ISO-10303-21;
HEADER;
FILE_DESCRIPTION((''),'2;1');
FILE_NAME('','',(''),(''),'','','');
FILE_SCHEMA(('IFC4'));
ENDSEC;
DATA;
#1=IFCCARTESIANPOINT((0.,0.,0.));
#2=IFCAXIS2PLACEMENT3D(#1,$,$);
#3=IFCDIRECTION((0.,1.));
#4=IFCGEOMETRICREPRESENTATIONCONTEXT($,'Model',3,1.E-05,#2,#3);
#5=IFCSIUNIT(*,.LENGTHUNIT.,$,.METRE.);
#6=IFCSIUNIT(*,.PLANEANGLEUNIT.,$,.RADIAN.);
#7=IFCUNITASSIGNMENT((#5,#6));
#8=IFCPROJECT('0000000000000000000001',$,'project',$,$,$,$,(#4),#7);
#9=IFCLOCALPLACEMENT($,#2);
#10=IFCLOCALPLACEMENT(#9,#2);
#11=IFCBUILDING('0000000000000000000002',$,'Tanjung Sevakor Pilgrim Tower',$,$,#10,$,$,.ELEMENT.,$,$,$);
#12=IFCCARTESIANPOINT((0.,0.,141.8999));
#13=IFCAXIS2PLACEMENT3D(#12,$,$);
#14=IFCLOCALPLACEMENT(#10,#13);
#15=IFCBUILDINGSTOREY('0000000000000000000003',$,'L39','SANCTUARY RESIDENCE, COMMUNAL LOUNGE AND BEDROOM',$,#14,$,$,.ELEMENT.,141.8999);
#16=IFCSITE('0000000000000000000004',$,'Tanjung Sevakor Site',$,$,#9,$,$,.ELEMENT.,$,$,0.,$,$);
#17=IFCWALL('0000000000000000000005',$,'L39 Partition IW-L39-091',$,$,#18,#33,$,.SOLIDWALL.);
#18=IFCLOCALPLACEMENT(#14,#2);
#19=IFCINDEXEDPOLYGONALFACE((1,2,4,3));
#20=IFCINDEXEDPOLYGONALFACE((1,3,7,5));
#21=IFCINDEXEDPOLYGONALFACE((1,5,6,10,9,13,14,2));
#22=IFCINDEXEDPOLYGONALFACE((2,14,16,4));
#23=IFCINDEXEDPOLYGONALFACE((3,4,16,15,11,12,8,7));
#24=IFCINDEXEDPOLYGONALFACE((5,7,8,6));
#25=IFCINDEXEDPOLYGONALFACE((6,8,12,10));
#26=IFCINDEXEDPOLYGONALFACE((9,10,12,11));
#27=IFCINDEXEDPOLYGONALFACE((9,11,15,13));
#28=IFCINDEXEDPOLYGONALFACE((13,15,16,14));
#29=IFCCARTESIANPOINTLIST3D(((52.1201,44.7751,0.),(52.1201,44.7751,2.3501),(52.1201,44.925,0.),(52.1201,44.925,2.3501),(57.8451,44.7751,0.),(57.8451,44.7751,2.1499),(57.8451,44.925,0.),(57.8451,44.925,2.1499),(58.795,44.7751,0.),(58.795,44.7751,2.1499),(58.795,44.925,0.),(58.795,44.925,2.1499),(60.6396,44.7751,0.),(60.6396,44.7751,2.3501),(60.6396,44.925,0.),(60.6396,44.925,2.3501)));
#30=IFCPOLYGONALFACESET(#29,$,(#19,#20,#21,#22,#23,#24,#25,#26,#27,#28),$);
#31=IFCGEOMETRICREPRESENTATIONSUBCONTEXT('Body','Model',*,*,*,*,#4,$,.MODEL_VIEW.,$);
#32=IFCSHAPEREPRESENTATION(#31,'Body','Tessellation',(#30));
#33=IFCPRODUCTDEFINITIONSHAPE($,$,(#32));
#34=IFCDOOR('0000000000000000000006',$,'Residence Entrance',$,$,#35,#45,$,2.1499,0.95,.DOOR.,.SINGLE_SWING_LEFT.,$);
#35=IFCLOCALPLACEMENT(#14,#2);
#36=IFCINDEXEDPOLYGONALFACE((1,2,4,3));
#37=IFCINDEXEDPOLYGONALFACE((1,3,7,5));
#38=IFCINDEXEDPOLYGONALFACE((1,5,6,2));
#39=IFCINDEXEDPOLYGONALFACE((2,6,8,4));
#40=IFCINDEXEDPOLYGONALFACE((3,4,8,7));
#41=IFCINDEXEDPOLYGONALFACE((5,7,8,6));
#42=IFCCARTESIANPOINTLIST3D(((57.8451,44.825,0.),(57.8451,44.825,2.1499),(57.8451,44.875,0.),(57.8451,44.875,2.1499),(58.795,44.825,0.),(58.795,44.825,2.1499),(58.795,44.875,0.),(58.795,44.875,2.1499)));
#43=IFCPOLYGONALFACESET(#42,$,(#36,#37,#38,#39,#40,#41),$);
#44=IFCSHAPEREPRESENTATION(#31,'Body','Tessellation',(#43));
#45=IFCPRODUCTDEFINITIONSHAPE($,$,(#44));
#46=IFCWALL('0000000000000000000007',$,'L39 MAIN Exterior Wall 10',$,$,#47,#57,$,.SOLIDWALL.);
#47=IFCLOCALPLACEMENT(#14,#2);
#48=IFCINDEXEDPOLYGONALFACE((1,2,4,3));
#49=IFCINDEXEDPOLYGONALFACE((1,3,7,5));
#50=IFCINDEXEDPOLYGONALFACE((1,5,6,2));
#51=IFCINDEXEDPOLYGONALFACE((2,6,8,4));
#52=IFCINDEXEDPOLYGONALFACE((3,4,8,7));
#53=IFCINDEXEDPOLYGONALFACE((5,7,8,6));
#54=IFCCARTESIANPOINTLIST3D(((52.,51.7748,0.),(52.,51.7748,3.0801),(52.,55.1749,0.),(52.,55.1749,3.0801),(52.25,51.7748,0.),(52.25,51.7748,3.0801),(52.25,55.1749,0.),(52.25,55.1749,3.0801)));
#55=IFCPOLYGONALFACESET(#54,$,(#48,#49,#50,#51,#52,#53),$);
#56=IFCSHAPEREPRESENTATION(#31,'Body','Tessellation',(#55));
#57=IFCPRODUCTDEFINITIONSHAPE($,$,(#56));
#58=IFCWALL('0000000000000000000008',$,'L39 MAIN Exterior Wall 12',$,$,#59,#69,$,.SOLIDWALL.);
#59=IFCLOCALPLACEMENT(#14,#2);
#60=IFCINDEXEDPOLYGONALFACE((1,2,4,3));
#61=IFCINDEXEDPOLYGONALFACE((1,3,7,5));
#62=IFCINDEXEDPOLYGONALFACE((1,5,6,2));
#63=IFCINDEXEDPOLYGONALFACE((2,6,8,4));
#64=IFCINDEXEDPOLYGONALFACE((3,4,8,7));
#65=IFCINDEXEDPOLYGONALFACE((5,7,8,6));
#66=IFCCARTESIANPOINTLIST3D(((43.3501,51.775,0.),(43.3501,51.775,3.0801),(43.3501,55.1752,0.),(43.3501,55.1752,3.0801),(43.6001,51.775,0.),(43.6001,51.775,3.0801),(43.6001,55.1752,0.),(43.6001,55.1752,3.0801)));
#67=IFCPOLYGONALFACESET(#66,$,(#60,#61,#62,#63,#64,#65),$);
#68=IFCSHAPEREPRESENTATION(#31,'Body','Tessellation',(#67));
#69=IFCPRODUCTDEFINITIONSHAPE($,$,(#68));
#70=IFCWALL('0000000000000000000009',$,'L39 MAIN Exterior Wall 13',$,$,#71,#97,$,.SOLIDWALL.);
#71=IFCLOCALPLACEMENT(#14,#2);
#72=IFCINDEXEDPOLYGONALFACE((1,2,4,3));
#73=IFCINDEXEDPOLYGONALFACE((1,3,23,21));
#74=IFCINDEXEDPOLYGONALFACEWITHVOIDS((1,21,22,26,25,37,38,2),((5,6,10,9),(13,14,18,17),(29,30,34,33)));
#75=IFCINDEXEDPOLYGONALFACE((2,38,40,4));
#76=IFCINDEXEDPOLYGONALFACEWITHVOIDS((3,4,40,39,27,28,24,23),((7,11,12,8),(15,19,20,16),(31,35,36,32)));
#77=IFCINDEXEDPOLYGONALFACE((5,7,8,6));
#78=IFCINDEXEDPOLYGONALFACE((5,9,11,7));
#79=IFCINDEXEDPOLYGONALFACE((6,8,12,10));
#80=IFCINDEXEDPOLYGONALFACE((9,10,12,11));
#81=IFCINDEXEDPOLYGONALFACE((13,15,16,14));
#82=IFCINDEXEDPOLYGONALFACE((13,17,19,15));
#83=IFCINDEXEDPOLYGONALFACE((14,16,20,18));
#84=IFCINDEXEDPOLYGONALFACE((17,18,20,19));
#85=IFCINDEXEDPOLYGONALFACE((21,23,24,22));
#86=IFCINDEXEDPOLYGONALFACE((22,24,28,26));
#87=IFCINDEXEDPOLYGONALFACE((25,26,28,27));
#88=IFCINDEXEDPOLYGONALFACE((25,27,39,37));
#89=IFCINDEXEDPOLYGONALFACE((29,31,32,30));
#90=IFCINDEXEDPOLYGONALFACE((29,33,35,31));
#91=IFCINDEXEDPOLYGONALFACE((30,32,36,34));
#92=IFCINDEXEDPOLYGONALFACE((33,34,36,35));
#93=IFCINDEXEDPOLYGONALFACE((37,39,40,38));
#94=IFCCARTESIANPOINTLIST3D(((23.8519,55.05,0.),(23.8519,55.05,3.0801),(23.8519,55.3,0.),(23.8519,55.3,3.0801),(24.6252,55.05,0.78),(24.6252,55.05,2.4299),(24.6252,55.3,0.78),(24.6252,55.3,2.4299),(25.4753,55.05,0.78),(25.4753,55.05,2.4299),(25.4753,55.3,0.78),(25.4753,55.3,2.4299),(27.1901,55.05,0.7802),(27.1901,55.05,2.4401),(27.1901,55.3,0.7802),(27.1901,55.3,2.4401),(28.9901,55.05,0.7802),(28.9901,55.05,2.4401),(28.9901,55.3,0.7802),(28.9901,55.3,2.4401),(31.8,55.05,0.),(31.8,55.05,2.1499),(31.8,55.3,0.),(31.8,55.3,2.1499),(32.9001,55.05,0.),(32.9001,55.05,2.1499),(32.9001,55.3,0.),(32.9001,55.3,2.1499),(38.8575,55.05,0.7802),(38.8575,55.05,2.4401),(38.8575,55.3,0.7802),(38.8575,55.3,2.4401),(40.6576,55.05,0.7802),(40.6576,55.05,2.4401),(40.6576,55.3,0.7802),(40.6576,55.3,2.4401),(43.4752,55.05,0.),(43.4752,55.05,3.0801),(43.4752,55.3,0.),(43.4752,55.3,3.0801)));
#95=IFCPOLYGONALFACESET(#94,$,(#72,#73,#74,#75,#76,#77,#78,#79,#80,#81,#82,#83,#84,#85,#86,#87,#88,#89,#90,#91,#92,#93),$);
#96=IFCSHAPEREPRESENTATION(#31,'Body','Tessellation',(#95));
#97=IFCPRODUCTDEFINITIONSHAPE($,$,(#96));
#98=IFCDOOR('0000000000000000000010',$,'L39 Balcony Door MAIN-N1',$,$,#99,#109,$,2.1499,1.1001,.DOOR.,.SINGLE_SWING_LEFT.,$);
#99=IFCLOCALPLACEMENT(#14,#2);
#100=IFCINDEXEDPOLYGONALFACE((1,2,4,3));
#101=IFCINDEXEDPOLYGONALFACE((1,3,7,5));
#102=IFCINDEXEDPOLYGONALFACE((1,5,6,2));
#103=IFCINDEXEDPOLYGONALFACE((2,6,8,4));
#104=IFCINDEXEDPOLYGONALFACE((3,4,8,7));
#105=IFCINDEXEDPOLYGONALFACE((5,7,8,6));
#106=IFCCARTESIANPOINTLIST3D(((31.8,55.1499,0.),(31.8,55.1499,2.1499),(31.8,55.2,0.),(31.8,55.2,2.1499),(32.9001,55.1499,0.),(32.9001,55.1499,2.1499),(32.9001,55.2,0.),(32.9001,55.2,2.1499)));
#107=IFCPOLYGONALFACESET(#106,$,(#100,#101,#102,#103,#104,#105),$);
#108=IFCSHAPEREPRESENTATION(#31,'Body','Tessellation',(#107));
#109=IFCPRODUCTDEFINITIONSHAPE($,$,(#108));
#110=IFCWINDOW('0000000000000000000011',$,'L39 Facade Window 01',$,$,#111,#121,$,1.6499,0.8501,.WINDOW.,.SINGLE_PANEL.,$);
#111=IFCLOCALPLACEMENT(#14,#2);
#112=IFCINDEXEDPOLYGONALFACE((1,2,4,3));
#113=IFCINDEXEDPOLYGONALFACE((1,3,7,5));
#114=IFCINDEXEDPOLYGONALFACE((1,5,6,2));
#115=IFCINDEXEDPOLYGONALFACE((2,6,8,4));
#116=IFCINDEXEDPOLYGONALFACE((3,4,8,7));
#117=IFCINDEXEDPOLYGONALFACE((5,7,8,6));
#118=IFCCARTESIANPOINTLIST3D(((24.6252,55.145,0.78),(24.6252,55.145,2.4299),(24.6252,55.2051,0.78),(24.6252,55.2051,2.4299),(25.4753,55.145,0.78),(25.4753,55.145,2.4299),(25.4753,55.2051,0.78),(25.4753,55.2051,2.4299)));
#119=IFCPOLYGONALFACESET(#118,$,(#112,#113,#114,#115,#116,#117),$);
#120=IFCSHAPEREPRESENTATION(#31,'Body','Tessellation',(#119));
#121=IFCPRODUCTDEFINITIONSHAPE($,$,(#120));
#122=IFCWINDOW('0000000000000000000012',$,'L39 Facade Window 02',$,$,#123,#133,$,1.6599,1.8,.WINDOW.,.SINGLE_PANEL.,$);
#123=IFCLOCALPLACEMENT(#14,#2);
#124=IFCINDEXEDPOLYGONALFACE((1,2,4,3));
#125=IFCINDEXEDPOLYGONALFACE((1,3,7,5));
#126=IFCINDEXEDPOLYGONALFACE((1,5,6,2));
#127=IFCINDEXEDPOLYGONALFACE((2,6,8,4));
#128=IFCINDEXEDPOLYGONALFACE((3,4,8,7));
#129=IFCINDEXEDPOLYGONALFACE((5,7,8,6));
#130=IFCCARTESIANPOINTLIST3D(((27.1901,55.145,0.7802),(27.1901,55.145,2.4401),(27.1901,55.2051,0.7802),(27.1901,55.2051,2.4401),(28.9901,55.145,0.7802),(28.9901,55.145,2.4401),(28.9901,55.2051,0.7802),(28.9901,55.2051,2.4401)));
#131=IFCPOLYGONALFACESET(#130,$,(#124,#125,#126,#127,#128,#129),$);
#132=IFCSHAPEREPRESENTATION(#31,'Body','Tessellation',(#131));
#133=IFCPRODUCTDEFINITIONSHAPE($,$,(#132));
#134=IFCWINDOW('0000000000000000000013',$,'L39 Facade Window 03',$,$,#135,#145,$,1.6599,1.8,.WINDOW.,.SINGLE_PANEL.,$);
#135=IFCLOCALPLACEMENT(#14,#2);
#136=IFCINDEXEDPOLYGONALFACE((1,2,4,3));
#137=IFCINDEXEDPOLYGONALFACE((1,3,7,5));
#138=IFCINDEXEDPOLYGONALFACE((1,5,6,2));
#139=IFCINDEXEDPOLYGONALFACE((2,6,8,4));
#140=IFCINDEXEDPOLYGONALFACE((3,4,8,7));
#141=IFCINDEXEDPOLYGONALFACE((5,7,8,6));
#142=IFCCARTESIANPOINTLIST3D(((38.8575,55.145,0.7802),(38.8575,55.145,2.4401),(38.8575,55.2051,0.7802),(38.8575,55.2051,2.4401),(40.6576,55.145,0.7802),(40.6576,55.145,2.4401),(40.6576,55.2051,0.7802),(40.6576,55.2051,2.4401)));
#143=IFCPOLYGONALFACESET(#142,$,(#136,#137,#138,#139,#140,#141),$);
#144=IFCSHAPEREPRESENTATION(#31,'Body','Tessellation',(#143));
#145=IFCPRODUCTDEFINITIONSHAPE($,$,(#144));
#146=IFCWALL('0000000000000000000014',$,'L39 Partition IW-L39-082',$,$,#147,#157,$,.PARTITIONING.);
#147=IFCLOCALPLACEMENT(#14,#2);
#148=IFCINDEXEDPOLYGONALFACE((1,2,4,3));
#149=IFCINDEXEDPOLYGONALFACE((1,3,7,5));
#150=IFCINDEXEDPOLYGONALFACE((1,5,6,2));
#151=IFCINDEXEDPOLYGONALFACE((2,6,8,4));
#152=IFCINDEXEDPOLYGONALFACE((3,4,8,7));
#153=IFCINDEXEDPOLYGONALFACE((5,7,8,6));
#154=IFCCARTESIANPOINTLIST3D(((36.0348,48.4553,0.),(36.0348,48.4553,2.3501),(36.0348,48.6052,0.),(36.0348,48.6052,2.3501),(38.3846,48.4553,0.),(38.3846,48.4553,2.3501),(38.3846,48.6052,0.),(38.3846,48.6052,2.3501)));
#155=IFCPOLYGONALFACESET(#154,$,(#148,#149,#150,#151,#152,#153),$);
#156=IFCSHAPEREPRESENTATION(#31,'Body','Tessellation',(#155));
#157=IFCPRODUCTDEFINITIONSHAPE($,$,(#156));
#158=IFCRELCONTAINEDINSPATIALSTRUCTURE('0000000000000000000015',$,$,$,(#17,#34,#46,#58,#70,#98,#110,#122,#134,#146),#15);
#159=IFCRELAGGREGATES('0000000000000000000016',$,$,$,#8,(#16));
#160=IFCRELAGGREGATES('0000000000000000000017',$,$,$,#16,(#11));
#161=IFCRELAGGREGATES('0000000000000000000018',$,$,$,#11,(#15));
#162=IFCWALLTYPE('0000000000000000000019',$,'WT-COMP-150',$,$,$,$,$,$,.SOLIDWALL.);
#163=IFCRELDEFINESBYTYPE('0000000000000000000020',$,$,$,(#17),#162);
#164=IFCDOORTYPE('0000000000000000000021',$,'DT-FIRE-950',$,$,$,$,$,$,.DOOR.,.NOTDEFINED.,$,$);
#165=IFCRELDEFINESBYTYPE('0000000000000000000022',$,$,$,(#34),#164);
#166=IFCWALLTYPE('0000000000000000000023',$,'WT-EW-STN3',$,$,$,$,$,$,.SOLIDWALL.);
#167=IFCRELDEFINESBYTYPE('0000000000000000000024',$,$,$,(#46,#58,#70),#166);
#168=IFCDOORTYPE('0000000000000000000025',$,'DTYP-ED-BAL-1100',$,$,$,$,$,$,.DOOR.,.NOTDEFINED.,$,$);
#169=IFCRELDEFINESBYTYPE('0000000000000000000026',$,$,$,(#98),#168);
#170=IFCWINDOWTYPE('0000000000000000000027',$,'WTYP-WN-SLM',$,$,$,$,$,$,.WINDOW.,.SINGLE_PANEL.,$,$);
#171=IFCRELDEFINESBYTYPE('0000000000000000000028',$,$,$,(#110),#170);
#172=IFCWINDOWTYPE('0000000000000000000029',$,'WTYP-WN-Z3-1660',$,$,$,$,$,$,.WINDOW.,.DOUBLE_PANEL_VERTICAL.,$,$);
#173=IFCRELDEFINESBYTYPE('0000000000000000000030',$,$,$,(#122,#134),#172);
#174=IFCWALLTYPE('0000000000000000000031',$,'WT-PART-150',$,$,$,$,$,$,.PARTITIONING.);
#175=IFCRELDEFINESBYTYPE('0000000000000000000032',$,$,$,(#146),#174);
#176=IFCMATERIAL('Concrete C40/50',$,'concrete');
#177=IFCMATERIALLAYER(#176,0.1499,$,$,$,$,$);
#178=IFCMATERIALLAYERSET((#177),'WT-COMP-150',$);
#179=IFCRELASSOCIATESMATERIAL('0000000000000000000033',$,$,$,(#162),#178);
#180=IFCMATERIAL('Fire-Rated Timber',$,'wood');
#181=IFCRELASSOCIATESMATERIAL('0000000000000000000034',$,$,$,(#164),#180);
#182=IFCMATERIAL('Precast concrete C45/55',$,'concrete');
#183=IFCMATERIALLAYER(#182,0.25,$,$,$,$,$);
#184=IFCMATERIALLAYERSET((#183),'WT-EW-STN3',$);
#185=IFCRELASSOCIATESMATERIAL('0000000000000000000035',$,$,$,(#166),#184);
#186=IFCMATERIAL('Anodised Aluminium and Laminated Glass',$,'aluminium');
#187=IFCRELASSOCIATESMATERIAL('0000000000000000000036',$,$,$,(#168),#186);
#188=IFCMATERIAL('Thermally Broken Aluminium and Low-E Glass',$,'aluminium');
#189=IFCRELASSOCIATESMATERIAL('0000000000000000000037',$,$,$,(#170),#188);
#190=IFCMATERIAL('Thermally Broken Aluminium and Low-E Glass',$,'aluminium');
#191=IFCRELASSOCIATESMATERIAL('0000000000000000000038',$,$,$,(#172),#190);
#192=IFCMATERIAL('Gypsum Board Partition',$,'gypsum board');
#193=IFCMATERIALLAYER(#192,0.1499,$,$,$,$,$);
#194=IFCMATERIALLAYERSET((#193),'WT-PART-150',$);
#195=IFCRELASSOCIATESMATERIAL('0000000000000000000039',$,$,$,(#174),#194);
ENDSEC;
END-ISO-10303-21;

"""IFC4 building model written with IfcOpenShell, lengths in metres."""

from ifc_helpers import new_model, si_unit, direction, frame, frame_2d, origin, place, context, subcontext, project, spatial, rectangle, extrude, material, layer, layer_set, type_object, element, fill, save


model = new_model("IFC4")

# Units and contexts
model_context = context("Model", 3, precision=1e-05, world=origin(), true_north=direction((0.0, 1.0)))
body_context = subcontext(model_context, "Body", "Model", "MODEL_VIEW")
ifc_project = project(units=[si_unit("LENGTHUNIT", "METRE"), si_unit("PLANEANGLEUNIT", "RADIAN")], contexts=[model_context])

# Site, building, storey
site_placement = place(None, origin())
site = spatial("IfcSite", under=ifc_project, at=site_placement, Name="Tanjung Sevakor Site", CompositionType="ELEMENT", RefElevation=0.0)
building_placement = place(site_placement, origin())
building = spatial("IfcBuilding", under=site, at=building_placement, Name="Tanjung Sevakor Pilgrim Tower", CompositionType="ELEMENT")
storey_placement = place(building_placement, frame((0.0, 0.0, 141.8999)))
storey = spatial("IfcBuildingStorey", under=building, at=storey_placement, Name="L39", Description="SANCTUARY RESIDENCE, COMMUNAL LOUNGE AND BEDROOM", CompositionType="ELEMENT", Elevation=141.8999)

# Shared definitions
ifc_material_1 = material(Name="Concrete C40/50", Category="concrete")
ifc_layer_1 = layer(ifc_material_1, 0.1499)
ifc_layer_set_1 = layer_set([ifc_layer_1], Name="WT-COMP-150")
wall_type_1 = type_object("IfcWallType", Name="WT-COMP-150", PredefinedType="SOLIDWALL", material=ifc_layer_set_1)

# Wall, opening, door
wall_1_placement = place(storey_placement, frame((52.1201, 44.8501, 0.0), z_axis=(0.0, 0.0, 1.0), x_axis=(1.0, 0.0, 0.0)))
wall_1 = element("IfcWall", 1, at=wall_1_placement, inside=storey, type_object=wall_type_1, Name="L39 Partition IW-L39-091", PredefinedType="SOLIDWALL", context=body_context, shape_type="SweptSolid", body=[
    extrude(rectangle(XDim=8.5195, YDim=0.1499, at=frame_2d((4.2598, 0.0))), origin(), (0.0, 0.0, 1.0), 2.3501),
])
opening_1_placement = place(wall_1_placement, frame((5.7249, 0.0, 0.0)))
opening_1 = element("IfcOpeningElement", 2, at=opening_1_placement, cuts=wall_1, PredefinedType="OPENING", context=body_context, shape_type="SweptSolid", body=[
    extrude(rectangle(XDim=0.95, YDim=2.1499, at=frame_2d((0.4751, 1.075))), frame((0.0, 0.085, 0.0), z_axis=(0.0, -1.0, 0.0), x_axis=(1.0, 0.0, 0.0)), (0.0, 0.0, 1.0), 0.1699),
])
ifc_material_2 = material(Name="Fire-Rated Timber", Category="wood")
door_type_1 = type_object("IfcDoorType", Name="DT-FIRE-950", OperationType="NOTDEFINED", PredefinedType="DOOR", material=ifc_material_2)
door_1_placement = place(opening_1_placement, origin())
door_1 = element("IfcDoor", 3, at=door_1_placement, inside=storey, type_object=door_type_1, Name="Residence Entrance", OperationType="SINGLE_SWING_LEFT", OverallHeight=2.1499, OverallWidth=0.95, PredefinedType="DOOR", context=body_context, shape_type="SweptSolid", body=[
    extrude(rectangle(XDim=0.95, YDim=2.1499, at=frame_2d((0.4751, 1.075))), frame((0.0, 0.0249, 0.0), z_axis=(0.0, -1.0, 0.0), x_axis=(1.0, 0.0, 0.0)), (0.0, 0.0, 1.0), 0.05),
])
fill(opening_1, door_1)

# Walls
ifc_material_3 = material(Name="Precast concrete C45/55", Category="concrete")
ifc_layer_2 = layer(ifc_material_3, 0.25)
ifc_layer_set_2 = layer_set([ifc_layer_2], Name="WT-EW-STN3")
wall_type_2 = type_object("IfcWallType", Name="WT-EW-STN3", PredefinedType="SOLIDWALL", material=ifc_layer_set_2)
for number, where, z_axis, x_axis, name in (
    (4, (52.125, 55.175, 0.0), (0.0, 0.0, 1.0), (0.0, -1.0, 0.0), "L39 MAIN Exterior Wall 10"),
    (5, (43.4751, 51.7749, 0.0), (0.0, 0.0, 1.0), (0.0, 1.0, 0.0), "L39 MAIN Exterior Wall 12"),
):
    element("IfcWall", number, at=place(storey_placement, frame(where, z_axis=z_axis, x_axis=x_axis)), inside=storey, type_object=wall_type_2, Name=name, PredefinedType="SOLIDWALL", context=body_context, shape_type="SweptSolid", body=[
        extrude(rectangle(XDim=3.4001, YDim=0.25, at=frame_2d((1.7002, 0.0))), origin(), (0.0, 0.0, 1.0), 3.0801),
    ])

# Wall, openings, door, windows
wall_2_placement = place(storey_placement, frame((43.4751, 55.175, 0.0), z_axis=(0.0, 0.0, 1.0), x_axis=(-1.0, 0.0, 0.0)))
wall_2 = element("IfcWall", 6, at=wall_2_placement, inside=storey, type_object=wall_type_2, Name="L39 MAIN Exterior Wall 13", PredefinedType="SOLIDWALL", context=body_context, shape_type="SweptSolid", body=[
    extrude(rectangle(XDim=19.6233, YDim=0.25, at=frame_2d((9.8115, 0.0))), origin(), (0.0, 0.0, 1.0), 3.0801),
])
opening_2_placement = place(wall_2_placement, frame((10.575, 0.0, 0.0)))
opening_2 = element("IfcOpeningElement", 7, at=opening_2_placement, cuts=wall_2, PredefinedType="OPENING", context=body_context, shape_type="SweptSolid", body=[
    extrude(rectangle(XDim=1.1001, YDim=2.1499, at=frame_2d((0.55, 1.075))), frame((0.0, 0.135, 0.0), z_axis=(0.0, -1.0, 0.0), x_axis=(1.0, 0.0, 0.0)), (0.0, 0.0, 1.0), 0.27),
])
opening_3_placement = place(wall_2_placement, frame((17.9998, 0.0, 0.78)))
opening_3 = element("IfcOpeningElement", 8, at=opening_3_placement, cuts=wall_2, PredefinedType="OPENING", context=body_context, shape_type="SweptSolid", body=[
    extrude(rectangle(XDim=0.8501, YDim=1.6499, at=frame_2d((0.425, 0.825))), frame((0.0, 0.135, 0.0), z_axis=(0.0, -1.0, 0.0), x_axis=(1.0, 0.0, 0.0)), (0.0, 0.0, 1.0), 0.27),
])
opening_4_placement = place(wall_2_placement, frame((14.4851, 0.0, 0.78)))
opening_4 = element("IfcOpeningElement", 9, at=opening_4_placement, cuts=wall_2, PredefinedType="OPENING", context=body_context, shape_type="SweptSolid", body=[
    extrude(rectangle(XDim=1.8, YDim=1.6599, at=frame_2d((0.8999, 0.8301))), frame((0.0, 0.135, 0.0), z_axis=(0.0, -1.0, 0.0), x_axis=(1.0, 0.0, 0.0)), (0.0, 0.0, 1.0), 0.27),
])
opening_5_placement = place(wall_2_placement, frame((2.8176, 0.0, 0.78)))
opening_5 = element("IfcOpeningElement", 10, at=opening_5_placement, cuts=wall_2, PredefinedType="OPENING", context=body_context, shape_type="SweptSolid", body=[
    extrude(rectangle(XDim=1.8, YDim=1.6599, at=frame_2d((0.8999, 0.8301))), frame((0.0, 0.135, 0.0), z_axis=(0.0, -1.0, 0.0), x_axis=(1.0, 0.0, 0.0)), (0.0, 0.0, 1.0), 0.27),
])
ifc_material_4 = material(Name="Anodised Aluminium and Laminated Glass", Category="aluminium")
door_type_2 = type_object("IfcDoorType", Name="DTYP-ED-BAL-1100", OperationType="NOTDEFINED", PredefinedType="DOOR", material=ifc_material_4)
door_2_placement = place(opening_2_placement, frame((1.1001, 0.0, 0.0), z_axis=(0.0, 0.0, 1.0), x_axis=(-1.0, 0.0, 0.0)))
door_2 = element("IfcDoor", 11, at=door_2_placement, inside=storey, type_object=door_type_2, Name="L39 Balcony Door MAIN-N1", OperationType="SINGLE_SWING_LEFT", OverallHeight=2.1499, OverallWidth=1.1001, PredefinedType="DOOR", context=body_context, shape_type="SweptSolid", body=[
    extrude(rectangle(XDim=1.1001, YDim=2.1499, at=frame_2d((0.55, 1.075))), frame((0.0, 0.0249, 0.0), z_axis=(0.0, -1.0, 0.0), x_axis=(1.0, 0.0, 0.0)), (0.0, 0.0, 1.0), 0.05),
])
fill(opening_2, door_2)
ifc_material_5 = material(Name="Thermally Broken Aluminium and Low-E Glass", Category="aluminium")
window_type_1 = type_object("IfcWindowType", Name="WTYP-WN-SLM", PartitioningType="SINGLE_PANEL", PredefinedType="WINDOW", material=ifc_material_5)
window_1_placement = place(opening_3_placement, origin())
window_1 = element("IfcWindow", 12, at=window_1_placement, inside=storey, type_object=window_type_1, Name="L39 Facade Window 01", OverallHeight=1.6499, OverallWidth=0.8501, PartitioningType="SINGLE_PANEL", PredefinedType="WINDOW", context=body_context, shape_type="SweptSolid", body=[
    extrude(rectangle(XDim=0.8501, YDim=1.6499, at=frame_2d((0.425, 0.825))), frame((0.0, 0.03, 0.0), z_axis=(0.0, -1.0, 0.0), x_axis=(1.0, 0.0, 0.0)), (0.0, 0.0, 1.0), 0.0601),
])
fill(opening_3, window_1)
ifc_material_6 = material(Name="Thermally Broken Aluminium and Low-E Glass", Category="aluminium")
window_type_2 = type_object("IfcWindowType", Name="WTYP-WN-Z3-1660", PartitioningType="DOUBLE_PANEL_VERTICAL", PredefinedType="WINDOW", material=ifc_material_6)
window_2_placement = place(opening_4_placement, origin())
window_2 = element("IfcWindow", 13, at=window_2_placement, inside=storey, type_object=window_type_2, Name="L39 Facade Window 02", OverallHeight=1.6599, OverallWidth=1.8, PartitioningType="SINGLE_PANEL", PredefinedType="WINDOW", context=body_context, shape_type="SweptSolid", body=[
    extrude(rectangle(XDim=1.8, YDim=1.6599, at=frame_2d((0.8999, 0.8301))), frame((0.0, 0.03, 0.0), z_axis=(0.0, -1.0, 0.0), x_axis=(1.0, 0.0, 0.0)), (0.0, 0.0, 1.0), 0.0601),
])
fill(opening_4, window_2)
window_3_placement = place(opening_5_placement, origin())
window_3 = element("IfcWindow", 14, at=window_3_placement, inside=storey, type_object=window_type_2, Name="L39 Facade Window 03", OverallHeight=1.6599, OverallWidth=1.8, PartitioningType="SINGLE_PANEL", PredefinedType="WINDOW", context=body_context, shape_type="SweptSolid", body=[
    extrude(rectangle(XDim=1.8, YDim=1.6599, at=frame_2d((0.8999, 0.8301))), frame((0.0, 0.03, 0.0), z_axis=(0.0, -1.0, 0.0), x_axis=(1.0, 0.0, 0.0)), (0.0, 0.0, 1.0), 0.0601),
])
fill(opening_5, window_3)

# Wall
ifc_material_7 = material(Name="Gypsum Board Partition", Category="gypsum board")
ifc_layer_3 = layer(ifc_material_7, 0.1499)
ifc_layer_set_3 = layer_set([ifc_layer_3], Name="WT-PART-150")
wall_type_3 = type_object("IfcWallType", Name="WT-PART-150", PredefinedType="PARTITIONING", material=ifc_layer_set_3)
wall_3_placement = place(storey_placement, frame((36.0349, 48.5303, 0.0), z_axis=(0.0, 0.0, 1.0), x_axis=(1.0, 0.0, 0.0)))
element("IfcWall", 15, at=wall_3_placement, inside=storey, type_object=wall_type_3, Name="L39 Partition IW-L39-082", PredefinedType="PARTITIONING", context=body_context, shape_type="SweptSolid", body=[
    extrude(rectangle(XDim=2.3499, YDim=0.1499, at=frame_2d((1.1748, 0.0))), origin(), (0.0, 0.0, 1.0), 2.3501),
])

save(model, "model.ifc")
